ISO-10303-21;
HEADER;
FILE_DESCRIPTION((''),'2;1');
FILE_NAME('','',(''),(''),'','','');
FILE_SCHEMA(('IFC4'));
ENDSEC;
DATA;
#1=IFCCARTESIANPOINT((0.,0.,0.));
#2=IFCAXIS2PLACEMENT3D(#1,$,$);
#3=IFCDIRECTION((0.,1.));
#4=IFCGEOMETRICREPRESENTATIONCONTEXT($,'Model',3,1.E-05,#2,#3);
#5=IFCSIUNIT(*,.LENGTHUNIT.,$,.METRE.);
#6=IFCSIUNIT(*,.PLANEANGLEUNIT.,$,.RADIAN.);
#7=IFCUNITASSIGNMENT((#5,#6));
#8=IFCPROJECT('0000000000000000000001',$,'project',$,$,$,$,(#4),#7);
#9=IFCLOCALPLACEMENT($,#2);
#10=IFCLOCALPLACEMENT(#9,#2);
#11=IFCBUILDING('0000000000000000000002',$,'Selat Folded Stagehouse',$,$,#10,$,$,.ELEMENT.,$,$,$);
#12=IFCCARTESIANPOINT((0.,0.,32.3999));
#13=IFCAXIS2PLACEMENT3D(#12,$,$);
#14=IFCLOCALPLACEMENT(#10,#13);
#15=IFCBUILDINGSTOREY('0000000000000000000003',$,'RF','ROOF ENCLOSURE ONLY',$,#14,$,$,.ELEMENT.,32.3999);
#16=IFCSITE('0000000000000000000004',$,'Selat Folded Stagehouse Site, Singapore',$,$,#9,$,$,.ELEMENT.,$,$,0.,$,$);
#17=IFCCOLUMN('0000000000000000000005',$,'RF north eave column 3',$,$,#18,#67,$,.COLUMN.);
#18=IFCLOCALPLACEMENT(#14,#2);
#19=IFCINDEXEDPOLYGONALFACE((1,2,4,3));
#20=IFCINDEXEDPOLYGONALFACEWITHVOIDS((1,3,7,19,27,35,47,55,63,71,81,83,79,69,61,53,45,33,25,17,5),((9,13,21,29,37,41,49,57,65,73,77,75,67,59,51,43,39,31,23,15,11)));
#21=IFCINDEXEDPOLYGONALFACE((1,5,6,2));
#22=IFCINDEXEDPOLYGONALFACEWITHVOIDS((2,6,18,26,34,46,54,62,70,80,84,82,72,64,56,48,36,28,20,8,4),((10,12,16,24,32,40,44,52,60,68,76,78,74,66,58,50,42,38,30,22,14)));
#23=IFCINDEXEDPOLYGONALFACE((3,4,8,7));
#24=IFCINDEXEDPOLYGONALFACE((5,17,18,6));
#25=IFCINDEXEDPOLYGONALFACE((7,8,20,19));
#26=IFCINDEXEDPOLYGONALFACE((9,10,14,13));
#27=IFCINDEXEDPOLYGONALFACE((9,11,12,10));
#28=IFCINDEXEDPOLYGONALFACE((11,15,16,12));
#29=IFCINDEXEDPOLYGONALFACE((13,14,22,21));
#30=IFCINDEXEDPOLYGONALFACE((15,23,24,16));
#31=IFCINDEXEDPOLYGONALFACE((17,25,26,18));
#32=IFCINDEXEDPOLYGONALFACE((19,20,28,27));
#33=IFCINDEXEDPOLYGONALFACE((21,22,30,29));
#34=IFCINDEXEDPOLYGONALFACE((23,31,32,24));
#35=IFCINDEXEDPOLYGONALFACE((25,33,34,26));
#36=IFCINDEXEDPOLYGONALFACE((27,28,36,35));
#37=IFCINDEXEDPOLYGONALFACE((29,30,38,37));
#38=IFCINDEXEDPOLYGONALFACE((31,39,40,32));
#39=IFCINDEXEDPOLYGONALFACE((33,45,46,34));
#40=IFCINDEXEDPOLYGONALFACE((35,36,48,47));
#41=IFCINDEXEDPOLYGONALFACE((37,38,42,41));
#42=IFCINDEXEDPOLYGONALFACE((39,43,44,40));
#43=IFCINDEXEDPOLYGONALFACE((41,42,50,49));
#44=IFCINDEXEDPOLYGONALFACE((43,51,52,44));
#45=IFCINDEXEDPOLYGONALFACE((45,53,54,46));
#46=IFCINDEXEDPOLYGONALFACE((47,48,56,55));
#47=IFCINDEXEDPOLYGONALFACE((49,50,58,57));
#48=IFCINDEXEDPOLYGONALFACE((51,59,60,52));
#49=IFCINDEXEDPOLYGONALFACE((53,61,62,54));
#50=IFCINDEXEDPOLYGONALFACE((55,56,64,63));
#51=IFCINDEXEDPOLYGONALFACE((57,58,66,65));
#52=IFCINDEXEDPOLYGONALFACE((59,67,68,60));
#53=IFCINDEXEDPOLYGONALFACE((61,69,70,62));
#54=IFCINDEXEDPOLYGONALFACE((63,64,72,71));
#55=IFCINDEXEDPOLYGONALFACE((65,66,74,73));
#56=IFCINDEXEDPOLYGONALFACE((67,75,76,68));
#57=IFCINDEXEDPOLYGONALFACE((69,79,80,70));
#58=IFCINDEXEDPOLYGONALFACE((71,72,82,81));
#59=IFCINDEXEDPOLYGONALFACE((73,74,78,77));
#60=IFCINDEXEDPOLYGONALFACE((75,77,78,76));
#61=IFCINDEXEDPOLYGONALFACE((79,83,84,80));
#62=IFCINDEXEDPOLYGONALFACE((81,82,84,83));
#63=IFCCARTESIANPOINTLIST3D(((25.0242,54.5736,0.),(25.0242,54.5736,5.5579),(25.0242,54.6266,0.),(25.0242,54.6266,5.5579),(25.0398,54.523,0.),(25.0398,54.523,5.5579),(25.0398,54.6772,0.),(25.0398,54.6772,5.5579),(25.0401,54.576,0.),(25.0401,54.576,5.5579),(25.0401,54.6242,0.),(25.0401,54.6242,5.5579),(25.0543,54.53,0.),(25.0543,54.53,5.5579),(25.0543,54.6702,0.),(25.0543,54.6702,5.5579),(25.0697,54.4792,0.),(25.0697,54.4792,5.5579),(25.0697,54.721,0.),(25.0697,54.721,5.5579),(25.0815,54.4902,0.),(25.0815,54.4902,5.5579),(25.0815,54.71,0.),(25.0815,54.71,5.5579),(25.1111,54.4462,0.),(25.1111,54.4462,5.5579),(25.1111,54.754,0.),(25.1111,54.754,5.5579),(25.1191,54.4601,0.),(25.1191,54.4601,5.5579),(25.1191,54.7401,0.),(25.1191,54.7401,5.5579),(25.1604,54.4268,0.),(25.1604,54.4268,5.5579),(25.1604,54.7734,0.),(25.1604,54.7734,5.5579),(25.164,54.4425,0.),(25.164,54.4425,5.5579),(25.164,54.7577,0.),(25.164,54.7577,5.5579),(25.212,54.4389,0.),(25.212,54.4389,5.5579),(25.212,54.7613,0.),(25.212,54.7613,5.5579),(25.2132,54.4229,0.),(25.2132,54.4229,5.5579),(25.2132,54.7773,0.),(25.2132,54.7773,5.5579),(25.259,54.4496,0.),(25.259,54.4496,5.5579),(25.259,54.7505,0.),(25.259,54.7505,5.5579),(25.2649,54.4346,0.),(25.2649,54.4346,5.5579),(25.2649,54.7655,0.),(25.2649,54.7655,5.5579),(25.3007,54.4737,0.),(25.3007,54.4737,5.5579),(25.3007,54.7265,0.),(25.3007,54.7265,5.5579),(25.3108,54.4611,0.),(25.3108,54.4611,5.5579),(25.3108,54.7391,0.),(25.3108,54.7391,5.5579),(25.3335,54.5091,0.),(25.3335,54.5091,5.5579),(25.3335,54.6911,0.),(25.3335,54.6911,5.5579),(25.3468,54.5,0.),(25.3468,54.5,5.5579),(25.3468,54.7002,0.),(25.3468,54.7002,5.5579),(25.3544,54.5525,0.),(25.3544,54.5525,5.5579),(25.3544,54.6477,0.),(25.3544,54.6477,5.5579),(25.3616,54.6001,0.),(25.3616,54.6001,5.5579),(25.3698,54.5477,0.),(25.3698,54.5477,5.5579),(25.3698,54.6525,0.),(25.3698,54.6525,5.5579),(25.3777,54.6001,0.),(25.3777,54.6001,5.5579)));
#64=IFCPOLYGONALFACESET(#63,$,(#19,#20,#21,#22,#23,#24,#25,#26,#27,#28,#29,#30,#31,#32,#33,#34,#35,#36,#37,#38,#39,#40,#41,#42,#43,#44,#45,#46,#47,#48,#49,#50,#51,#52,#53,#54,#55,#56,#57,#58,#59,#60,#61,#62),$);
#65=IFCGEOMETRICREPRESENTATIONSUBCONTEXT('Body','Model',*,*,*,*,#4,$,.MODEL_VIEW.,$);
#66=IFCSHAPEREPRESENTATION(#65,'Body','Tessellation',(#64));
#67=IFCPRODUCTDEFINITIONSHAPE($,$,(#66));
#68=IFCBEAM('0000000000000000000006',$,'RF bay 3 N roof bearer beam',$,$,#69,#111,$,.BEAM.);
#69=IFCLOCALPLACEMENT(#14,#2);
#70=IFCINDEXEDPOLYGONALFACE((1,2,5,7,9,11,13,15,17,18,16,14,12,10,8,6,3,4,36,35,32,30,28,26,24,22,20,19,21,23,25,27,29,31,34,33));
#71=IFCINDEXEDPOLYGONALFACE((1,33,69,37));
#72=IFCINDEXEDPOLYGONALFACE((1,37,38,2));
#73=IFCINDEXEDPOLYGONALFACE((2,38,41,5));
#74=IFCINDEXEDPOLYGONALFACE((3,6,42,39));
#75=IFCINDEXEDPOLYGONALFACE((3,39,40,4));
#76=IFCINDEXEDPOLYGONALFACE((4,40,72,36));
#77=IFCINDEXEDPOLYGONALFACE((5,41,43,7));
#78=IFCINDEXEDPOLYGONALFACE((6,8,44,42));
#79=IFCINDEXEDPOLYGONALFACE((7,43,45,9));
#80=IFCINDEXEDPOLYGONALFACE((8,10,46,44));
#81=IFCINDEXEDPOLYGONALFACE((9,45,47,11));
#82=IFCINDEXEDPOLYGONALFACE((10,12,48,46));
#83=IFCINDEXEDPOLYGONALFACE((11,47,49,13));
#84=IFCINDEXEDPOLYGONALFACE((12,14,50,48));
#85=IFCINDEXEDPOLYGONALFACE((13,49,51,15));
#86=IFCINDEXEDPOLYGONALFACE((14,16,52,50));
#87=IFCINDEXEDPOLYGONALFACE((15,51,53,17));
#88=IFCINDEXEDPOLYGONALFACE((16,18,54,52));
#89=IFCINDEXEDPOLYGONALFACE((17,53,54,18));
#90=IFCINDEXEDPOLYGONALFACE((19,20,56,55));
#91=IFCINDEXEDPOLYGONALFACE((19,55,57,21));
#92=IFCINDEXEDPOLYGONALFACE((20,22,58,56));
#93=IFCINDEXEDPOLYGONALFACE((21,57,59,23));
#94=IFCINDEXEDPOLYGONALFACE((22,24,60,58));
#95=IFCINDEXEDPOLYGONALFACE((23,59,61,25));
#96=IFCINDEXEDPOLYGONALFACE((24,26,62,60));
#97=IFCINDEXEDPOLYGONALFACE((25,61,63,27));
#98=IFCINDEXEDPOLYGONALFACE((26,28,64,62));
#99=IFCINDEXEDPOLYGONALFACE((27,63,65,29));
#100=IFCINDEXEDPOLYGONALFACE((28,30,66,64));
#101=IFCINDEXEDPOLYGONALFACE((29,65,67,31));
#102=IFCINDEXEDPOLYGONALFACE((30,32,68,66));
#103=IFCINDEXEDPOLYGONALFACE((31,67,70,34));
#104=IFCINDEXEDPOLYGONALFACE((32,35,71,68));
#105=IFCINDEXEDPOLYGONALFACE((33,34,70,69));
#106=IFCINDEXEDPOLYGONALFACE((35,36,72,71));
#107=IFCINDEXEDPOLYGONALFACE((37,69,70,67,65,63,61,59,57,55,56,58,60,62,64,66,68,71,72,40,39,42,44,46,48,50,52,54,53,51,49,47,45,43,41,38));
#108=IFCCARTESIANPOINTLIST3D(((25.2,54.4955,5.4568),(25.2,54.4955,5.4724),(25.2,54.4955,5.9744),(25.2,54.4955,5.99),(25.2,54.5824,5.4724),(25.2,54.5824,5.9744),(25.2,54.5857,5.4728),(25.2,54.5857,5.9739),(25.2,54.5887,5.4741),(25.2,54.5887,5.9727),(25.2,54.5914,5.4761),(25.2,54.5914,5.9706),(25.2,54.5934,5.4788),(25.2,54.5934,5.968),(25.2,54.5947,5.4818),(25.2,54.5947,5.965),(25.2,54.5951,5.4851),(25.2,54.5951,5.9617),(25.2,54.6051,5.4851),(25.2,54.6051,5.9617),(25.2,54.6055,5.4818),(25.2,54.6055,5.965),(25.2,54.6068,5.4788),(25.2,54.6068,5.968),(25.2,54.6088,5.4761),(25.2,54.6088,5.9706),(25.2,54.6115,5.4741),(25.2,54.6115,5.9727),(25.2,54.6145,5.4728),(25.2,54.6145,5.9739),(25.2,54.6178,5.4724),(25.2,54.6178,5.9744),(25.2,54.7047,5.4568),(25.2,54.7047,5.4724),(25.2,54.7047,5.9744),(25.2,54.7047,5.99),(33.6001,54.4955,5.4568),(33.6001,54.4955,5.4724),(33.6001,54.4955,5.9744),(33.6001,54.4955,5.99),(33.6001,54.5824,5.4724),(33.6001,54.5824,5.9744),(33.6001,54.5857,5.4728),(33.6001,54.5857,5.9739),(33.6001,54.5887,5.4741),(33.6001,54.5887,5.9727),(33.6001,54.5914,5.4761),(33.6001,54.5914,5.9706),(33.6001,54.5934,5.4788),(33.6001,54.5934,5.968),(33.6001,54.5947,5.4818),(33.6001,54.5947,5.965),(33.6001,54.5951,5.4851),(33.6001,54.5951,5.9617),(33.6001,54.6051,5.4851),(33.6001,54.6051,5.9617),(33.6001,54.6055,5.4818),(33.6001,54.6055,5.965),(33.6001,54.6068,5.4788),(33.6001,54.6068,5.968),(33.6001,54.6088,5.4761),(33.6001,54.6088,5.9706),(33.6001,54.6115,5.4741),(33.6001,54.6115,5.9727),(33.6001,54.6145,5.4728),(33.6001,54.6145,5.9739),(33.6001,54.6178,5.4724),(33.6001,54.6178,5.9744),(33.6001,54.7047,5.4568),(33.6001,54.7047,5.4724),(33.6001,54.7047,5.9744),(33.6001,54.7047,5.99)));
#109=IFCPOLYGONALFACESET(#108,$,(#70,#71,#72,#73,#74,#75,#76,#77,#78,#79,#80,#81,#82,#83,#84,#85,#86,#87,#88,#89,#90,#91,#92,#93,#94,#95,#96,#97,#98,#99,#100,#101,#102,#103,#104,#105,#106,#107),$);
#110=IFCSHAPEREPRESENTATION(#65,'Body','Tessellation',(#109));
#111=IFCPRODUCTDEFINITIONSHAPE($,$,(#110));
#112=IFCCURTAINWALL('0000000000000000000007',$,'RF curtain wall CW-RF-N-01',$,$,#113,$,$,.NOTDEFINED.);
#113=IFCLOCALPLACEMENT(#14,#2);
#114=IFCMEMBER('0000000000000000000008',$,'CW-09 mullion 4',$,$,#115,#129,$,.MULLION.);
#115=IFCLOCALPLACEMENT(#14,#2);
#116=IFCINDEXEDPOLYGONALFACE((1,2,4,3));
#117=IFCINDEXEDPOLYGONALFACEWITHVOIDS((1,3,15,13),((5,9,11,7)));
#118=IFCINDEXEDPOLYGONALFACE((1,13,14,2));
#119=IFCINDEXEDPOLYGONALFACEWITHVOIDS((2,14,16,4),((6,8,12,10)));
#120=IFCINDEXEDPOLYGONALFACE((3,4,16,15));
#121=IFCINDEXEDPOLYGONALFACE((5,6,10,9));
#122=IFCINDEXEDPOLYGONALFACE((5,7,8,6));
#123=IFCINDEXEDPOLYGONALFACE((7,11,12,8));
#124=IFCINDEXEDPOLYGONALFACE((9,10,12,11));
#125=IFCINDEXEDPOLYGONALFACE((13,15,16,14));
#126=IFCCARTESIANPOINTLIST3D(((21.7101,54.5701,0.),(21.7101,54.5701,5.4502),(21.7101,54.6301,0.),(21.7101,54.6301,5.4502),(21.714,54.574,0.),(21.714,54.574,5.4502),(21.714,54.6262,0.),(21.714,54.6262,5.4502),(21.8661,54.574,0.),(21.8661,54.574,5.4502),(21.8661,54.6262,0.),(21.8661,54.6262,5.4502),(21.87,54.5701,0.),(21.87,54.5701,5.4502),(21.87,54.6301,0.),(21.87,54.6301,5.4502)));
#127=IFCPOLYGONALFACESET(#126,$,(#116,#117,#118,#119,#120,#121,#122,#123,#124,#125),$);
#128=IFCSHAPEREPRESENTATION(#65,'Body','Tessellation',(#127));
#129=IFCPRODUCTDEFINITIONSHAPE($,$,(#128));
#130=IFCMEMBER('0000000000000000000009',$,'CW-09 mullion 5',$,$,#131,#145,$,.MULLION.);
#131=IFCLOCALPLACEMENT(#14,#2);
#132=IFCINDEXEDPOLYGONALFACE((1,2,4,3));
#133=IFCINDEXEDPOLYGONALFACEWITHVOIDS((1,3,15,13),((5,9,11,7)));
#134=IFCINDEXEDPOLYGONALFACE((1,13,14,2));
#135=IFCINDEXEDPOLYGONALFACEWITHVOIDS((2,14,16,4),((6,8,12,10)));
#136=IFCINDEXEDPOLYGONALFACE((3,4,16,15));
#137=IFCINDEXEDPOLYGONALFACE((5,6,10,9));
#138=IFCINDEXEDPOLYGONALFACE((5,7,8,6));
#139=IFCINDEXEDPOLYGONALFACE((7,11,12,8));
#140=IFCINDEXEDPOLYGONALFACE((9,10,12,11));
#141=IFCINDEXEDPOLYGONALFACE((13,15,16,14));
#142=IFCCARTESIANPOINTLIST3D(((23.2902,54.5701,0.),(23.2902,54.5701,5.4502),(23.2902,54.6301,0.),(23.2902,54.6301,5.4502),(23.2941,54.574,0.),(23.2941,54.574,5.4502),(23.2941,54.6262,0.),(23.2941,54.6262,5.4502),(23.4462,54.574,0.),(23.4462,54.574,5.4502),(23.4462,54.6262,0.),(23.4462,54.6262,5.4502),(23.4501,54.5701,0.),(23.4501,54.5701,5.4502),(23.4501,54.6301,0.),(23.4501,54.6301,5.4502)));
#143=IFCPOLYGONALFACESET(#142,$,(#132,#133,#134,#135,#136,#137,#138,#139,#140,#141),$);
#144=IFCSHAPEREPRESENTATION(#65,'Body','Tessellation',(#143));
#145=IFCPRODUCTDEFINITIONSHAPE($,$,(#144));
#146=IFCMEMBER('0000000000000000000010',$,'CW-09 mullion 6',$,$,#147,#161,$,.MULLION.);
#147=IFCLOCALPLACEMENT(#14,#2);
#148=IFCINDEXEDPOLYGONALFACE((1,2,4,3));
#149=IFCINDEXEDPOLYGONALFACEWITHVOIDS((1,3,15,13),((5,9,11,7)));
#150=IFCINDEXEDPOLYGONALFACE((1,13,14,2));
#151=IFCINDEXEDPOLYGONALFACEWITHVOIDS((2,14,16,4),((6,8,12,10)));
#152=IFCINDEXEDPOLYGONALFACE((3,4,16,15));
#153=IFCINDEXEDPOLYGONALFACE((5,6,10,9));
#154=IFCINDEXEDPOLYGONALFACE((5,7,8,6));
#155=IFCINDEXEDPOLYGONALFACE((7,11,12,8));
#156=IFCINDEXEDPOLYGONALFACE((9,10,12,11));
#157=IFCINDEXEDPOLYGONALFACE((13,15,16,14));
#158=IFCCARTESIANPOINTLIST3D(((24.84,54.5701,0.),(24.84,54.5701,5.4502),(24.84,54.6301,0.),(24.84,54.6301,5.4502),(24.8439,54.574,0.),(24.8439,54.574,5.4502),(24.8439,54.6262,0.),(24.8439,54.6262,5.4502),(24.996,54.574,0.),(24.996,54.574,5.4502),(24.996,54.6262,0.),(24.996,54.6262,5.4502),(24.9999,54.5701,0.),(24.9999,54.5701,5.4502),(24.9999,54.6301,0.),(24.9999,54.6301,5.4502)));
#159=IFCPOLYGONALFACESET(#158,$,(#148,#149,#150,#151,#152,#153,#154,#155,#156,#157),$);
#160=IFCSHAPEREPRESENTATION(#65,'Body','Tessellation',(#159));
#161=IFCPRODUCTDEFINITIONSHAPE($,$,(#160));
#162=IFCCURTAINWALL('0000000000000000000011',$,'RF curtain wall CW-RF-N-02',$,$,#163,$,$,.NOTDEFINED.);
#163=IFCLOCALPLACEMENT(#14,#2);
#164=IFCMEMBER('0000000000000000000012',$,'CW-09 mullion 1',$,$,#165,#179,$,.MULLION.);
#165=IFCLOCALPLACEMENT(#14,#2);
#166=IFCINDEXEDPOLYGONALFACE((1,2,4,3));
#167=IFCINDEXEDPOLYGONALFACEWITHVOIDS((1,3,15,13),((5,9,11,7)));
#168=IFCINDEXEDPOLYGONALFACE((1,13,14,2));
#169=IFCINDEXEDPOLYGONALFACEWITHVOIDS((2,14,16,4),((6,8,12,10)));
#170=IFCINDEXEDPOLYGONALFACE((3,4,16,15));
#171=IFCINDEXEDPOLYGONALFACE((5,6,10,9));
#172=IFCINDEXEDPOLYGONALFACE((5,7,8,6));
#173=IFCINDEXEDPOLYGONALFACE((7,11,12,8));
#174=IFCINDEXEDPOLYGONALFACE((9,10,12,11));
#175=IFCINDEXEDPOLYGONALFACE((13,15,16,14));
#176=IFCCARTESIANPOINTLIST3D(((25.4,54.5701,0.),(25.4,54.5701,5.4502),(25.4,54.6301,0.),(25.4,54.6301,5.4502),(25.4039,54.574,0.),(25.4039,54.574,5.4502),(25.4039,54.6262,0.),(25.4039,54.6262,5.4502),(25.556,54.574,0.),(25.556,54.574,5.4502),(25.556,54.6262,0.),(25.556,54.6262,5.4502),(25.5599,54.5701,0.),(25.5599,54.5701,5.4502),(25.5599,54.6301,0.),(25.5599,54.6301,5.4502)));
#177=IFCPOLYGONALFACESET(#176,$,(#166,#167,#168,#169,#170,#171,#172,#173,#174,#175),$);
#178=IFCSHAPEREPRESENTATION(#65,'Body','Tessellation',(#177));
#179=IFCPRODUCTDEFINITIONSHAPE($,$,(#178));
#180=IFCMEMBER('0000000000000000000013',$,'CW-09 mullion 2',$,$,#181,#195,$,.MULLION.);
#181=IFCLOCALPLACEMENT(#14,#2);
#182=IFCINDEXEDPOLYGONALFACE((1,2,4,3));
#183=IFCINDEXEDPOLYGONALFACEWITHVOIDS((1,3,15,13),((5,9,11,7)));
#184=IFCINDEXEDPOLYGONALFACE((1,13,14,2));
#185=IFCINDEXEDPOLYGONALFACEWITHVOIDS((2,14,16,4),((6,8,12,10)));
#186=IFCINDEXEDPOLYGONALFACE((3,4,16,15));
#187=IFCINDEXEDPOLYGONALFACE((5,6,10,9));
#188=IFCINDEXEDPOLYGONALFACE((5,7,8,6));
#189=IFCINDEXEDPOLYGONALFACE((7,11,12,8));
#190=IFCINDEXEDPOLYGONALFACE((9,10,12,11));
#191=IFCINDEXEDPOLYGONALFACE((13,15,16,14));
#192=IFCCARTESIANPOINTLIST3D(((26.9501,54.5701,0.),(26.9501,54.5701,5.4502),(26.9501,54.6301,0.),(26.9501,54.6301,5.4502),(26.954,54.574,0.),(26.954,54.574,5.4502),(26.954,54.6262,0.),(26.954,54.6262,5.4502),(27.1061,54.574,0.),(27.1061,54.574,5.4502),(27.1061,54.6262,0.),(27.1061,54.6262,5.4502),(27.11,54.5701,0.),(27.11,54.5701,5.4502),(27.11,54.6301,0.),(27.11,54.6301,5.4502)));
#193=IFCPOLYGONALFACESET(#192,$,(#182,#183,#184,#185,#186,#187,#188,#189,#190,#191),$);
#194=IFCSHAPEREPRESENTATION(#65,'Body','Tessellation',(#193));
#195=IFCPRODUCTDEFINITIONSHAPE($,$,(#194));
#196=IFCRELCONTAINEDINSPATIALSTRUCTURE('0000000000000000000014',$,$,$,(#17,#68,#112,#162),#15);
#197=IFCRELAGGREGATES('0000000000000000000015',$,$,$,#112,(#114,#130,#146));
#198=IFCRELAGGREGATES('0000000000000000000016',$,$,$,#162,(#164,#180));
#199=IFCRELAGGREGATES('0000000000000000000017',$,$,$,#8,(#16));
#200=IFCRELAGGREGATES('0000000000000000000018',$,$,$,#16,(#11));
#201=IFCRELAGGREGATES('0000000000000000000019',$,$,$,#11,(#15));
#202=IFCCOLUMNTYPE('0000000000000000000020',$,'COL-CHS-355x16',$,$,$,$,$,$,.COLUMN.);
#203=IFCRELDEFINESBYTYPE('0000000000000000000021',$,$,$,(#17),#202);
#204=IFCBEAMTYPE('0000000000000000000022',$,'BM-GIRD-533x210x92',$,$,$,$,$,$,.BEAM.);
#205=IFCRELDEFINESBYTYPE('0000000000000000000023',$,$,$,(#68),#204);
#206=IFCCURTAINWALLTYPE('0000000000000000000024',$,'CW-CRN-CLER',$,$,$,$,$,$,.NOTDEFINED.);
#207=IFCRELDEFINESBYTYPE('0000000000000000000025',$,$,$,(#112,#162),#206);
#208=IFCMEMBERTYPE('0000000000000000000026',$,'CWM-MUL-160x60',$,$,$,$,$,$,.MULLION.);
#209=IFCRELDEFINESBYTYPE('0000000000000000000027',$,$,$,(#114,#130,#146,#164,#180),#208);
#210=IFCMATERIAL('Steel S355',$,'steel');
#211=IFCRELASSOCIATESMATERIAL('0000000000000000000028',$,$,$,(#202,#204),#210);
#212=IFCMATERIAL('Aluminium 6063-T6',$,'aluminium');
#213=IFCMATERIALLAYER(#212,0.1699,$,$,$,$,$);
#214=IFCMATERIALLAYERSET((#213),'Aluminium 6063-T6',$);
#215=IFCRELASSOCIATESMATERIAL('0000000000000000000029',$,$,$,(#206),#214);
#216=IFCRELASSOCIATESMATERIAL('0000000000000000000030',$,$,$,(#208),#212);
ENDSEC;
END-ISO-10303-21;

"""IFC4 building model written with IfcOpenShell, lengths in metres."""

from ifc_helpers import new_model, si_unit, direction, frame, origin, origin_2d, place, context, subcontext, project, spatial, hollow_rectangle, hollow_circle, i_section, extrude, material, layer, layer_set, material_profile, profile_set, type_object, element, aggregate, save


model = new_model("IFC4")

# Units and contexts
model_context = context("Model", 3, precision=1e-05, world=origin(), true_north=direction((0.0, 1.0)))
body_context = subcontext(model_context, "Body", "Model", "MODEL_VIEW")
ifc_project = project(units=[si_unit("LENGTHUNIT", "METRE"), si_unit("PLANEANGLEUNIT", "RADIAN")], contexts=[model_context])

# Site, building, storey
site_placement = place(None, origin())
site = spatial("IfcSite", under=ifc_project, at=site_placement, Name="Selat Folded Stagehouse Site, Singapore", CompositionType="ELEMENT", RefElevation=0.0)
building_placement = place(site_placement, origin())
building = spatial("IfcBuilding", under=site, at=building_placement, Name="Selat Folded Stagehouse", CompositionType="ELEMENT")
storey_placement = place(building_placement, frame((0.0, 0.0, 32.3999)))
storey = spatial("IfcBuildingStorey", under=building, at=storey_placement, Name="RF", Description="ROOF ENCLOSURE ONLY", CompositionType="ELEMENT", Elevation=32.3999)

# Column
ifc_material_1 = material(Name="Steel S355", Category="steel")
ifc_material_profile_1 = material_profile(ifc_material_1, hollow_circle(Radius=0.1777, WallThickness=0.0161, at=origin_2d()), Name="CHS 355.6x16.0")
ifc_profile_set_1 = profile_set([ifc_material_profile_1], Name="Steel S355")
column_type = type_object("IfcColumnType", Name="COL-CHS-355x16", PredefinedType="COLUMN", material=ifc_profile_set_1)
column_placement = place(storey_placement, frame((25.2, 54.6001, 0.0), z_axis=(0.0, 0.0, 1.0), x_axis=(1.0, 0.0, 0.0)))
element("IfcColumn", 1, at=column_placement, inside=storey, type_object=column_type, Name="RF north eave column 3", PredefinedType="COLUMN", context=body_context, shape_type="SweptSolid", body=[
    extrude(hollow_circle(Radius=0.1777, WallThickness=0.0161, at=origin_2d()), origin(), (0.0, 0.0, 1.0), 5.5579),
])

# Beam
ifc_material_profile_2 = material_profile(ifc_material_1, i_section(OverallWidth=0.2092, OverallDepth=0.5332, WebThickness=0.01, FlangeThickness=0.0156, FilletRadius=0.0127, at=origin_2d()), Name="UKB 533x210x92")
ifc_profile_set_2 = profile_set([ifc_material_profile_2], Name="Steel S355")
beam_type = type_object("IfcBeamType", Name="BM-GIRD-533x210x92", PredefinedType="BEAM", material=ifc_profile_set_2)
beam_placement = place(storey_placement, frame((25.2, 54.6001, 5.7234), z_axis=(1.0, 0.0, 0.0), x_axis=(0.0, 1.0, 0.0)))
element("IfcBeam", 2, at=beam_placement, inside=storey, type_object=beam_type, Name="RF bay 3 N roof bearer beam", PredefinedType="BEAM", context=body_context, shape_type="SweptSolid", body=[
    extrude(i_section(OverallWidth=0.2092, OverallDepth=0.5332, WebThickness=0.01, FlangeThickness=0.0156, FilletRadius=0.0127, at=origin_2d()), origin(), (0.0, 0.0, 1.0), 8.4001),
])

# Curtain walls, members
ifc_material_2 = material(Name="Aluminium 6063-T6", Category="aluminium")
ifc_layer_1 = layer(ifc_material_2, 0.1699)
ifc_layer_set_1 = layer_set([ifc_layer_1], Name="Aluminium 6063-T6")
curtain_wall_type = type_object("IfcCurtainWallType", Name="CW-CRN-CLER", PredefinedType="NOTDEFINED", material=ifc_layer_set_1)
curtain_wall_1_placement = place(storey_placement, origin())
curtain_wall_1 = element("IfcCurtainWall", 3, at=curtain_wall_1_placement, inside=storey, type_object=curtain_wall_type, Name="RF curtain wall CW-RF-N-01", PredefinedType="NOTDEFINED")
ifc_material_profile_3 = material_profile(ifc_material_2, hollow_rectangle(XDim=0.0601, YDim=0.1599, WallThickness=0.0039, at=origin_2d()), Name="ALU 160x60x4.0")
ifc_profile_set_3 = profile_set([ifc_material_profile_3], Name="Aluminium 6063-T6")
member_type_1 = type_object("IfcMemberType", Name="CWM-MUL-160x60", PredefinedType="MULLION", material=ifc_profile_set_3)
member_1_placement = place(storey_placement, frame((21.79, 54.6001, 0.0), z_axis=(0.0, 0.0, 1.0), x_axis=(0.0, 1.0, 0.0)))
member_1 = element("IfcMember", 4, at=member_1_placement, type_object=member_type_1, Name="CW-09 mullion 4", PredefinedType="MULLION", context=body_context, shape_type="SweptSolid", body=[
    extrude(hollow_rectangle(XDim=0.0601, YDim=0.1599, WallThickness=0.0039, at=origin_2d()), origin(), (0.0, 0.0, 1.0), 5.4502),
])
member_2_placement = place(storey_placement, frame((23.3701, 54.6001, 0.0), z_axis=(0.0, 0.0, 1.0), x_axis=(0.0, 1.0, 0.0)))
member_2 = element("IfcMember", 5, at=member_2_placement, type_object=member_type_1, Name="CW-09 mullion 5", PredefinedType="MULLION", context=body_context, shape_type="SweptSolid", body=[
    extrude(hollow_rectangle(XDim=0.0601, YDim=0.1599, WallThickness=0.0039, at=origin_2d()), origin(), (0.0, 0.0, 1.0), 5.4502),
])
member_3_placement = place(storey_placement, frame((24.9199, 54.6001, 0.0), z_axis=(0.0, 0.0, 1.0), x_axis=(0.0, 1.0, 0.0)))
member_3 = element("IfcMember", 6, at=member_3_placement, type_object=member_type_1, Name="CW-09 mullion 6", PredefinedType="MULLION", context=body_context, shape_type="SweptSolid", body=[
    extrude(hollow_rectangle(XDim=0.0601, YDim=0.1599, WallThickness=0.0039, at=origin_2d()), origin(), (0.0, 0.0, 1.0), 5.4502),
])
curtain_wall_2_placement = place(storey_placement, origin())
curtain_wall_2 = element("IfcCurtainWall", 7, at=curtain_wall_2_placement, inside=storey, type_object=curtain_wall_type, Name="RF curtain wall CW-RF-N-02", PredefinedType="NOTDEFINED")
member_4_placement = place(storey_placement, frame((25.48, 54.6001, 0.0), z_axis=(0.0, 0.0, 1.0), x_axis=(0.0, 1.0, 0.0)))
member_4 = element("IfcMember", 8, at=member_4_placement, type_object=member_type_1, Name="CW-09 mullion 1", PredefinedType="MULLION", context=body_context, shape_type="SweptSolid", body=[
    extrude(hollow_rectangle(XDim=0.0601, YDim=0.1599, WallThickness=0.0039, at=origin_2d()), origin(), (0.0, 0.0, 1.0), 5.4502),
])
member_5_placement = place(storey_placement, frame((27.03, 54.6001, 0.0), z_axis=(0.0, 0.0, 1.0), x_axis=(0.0, 1.0, 0.0)))
member_5 = element("IfcMember", 9, at=member_5_placement, type_object=member_type_1, Name="CW-09 mullion 2", PredefinedType="MULLION", context=body_context, shape_type="SweptSolid", body=[
    extrude(hollow_rectangle(XDim=0.0601, YDim=0.1599, WallThickness=0.0039, at=origin_2d()), origin(), (0.0, 0.0, 1.0), 5.4502),
])

aggregate(curtain_wall_1, [member_1, member_2, member_3])
aggregate(curtain_wall_2, [member_4, member_5])

save(model, "model.ifc")
